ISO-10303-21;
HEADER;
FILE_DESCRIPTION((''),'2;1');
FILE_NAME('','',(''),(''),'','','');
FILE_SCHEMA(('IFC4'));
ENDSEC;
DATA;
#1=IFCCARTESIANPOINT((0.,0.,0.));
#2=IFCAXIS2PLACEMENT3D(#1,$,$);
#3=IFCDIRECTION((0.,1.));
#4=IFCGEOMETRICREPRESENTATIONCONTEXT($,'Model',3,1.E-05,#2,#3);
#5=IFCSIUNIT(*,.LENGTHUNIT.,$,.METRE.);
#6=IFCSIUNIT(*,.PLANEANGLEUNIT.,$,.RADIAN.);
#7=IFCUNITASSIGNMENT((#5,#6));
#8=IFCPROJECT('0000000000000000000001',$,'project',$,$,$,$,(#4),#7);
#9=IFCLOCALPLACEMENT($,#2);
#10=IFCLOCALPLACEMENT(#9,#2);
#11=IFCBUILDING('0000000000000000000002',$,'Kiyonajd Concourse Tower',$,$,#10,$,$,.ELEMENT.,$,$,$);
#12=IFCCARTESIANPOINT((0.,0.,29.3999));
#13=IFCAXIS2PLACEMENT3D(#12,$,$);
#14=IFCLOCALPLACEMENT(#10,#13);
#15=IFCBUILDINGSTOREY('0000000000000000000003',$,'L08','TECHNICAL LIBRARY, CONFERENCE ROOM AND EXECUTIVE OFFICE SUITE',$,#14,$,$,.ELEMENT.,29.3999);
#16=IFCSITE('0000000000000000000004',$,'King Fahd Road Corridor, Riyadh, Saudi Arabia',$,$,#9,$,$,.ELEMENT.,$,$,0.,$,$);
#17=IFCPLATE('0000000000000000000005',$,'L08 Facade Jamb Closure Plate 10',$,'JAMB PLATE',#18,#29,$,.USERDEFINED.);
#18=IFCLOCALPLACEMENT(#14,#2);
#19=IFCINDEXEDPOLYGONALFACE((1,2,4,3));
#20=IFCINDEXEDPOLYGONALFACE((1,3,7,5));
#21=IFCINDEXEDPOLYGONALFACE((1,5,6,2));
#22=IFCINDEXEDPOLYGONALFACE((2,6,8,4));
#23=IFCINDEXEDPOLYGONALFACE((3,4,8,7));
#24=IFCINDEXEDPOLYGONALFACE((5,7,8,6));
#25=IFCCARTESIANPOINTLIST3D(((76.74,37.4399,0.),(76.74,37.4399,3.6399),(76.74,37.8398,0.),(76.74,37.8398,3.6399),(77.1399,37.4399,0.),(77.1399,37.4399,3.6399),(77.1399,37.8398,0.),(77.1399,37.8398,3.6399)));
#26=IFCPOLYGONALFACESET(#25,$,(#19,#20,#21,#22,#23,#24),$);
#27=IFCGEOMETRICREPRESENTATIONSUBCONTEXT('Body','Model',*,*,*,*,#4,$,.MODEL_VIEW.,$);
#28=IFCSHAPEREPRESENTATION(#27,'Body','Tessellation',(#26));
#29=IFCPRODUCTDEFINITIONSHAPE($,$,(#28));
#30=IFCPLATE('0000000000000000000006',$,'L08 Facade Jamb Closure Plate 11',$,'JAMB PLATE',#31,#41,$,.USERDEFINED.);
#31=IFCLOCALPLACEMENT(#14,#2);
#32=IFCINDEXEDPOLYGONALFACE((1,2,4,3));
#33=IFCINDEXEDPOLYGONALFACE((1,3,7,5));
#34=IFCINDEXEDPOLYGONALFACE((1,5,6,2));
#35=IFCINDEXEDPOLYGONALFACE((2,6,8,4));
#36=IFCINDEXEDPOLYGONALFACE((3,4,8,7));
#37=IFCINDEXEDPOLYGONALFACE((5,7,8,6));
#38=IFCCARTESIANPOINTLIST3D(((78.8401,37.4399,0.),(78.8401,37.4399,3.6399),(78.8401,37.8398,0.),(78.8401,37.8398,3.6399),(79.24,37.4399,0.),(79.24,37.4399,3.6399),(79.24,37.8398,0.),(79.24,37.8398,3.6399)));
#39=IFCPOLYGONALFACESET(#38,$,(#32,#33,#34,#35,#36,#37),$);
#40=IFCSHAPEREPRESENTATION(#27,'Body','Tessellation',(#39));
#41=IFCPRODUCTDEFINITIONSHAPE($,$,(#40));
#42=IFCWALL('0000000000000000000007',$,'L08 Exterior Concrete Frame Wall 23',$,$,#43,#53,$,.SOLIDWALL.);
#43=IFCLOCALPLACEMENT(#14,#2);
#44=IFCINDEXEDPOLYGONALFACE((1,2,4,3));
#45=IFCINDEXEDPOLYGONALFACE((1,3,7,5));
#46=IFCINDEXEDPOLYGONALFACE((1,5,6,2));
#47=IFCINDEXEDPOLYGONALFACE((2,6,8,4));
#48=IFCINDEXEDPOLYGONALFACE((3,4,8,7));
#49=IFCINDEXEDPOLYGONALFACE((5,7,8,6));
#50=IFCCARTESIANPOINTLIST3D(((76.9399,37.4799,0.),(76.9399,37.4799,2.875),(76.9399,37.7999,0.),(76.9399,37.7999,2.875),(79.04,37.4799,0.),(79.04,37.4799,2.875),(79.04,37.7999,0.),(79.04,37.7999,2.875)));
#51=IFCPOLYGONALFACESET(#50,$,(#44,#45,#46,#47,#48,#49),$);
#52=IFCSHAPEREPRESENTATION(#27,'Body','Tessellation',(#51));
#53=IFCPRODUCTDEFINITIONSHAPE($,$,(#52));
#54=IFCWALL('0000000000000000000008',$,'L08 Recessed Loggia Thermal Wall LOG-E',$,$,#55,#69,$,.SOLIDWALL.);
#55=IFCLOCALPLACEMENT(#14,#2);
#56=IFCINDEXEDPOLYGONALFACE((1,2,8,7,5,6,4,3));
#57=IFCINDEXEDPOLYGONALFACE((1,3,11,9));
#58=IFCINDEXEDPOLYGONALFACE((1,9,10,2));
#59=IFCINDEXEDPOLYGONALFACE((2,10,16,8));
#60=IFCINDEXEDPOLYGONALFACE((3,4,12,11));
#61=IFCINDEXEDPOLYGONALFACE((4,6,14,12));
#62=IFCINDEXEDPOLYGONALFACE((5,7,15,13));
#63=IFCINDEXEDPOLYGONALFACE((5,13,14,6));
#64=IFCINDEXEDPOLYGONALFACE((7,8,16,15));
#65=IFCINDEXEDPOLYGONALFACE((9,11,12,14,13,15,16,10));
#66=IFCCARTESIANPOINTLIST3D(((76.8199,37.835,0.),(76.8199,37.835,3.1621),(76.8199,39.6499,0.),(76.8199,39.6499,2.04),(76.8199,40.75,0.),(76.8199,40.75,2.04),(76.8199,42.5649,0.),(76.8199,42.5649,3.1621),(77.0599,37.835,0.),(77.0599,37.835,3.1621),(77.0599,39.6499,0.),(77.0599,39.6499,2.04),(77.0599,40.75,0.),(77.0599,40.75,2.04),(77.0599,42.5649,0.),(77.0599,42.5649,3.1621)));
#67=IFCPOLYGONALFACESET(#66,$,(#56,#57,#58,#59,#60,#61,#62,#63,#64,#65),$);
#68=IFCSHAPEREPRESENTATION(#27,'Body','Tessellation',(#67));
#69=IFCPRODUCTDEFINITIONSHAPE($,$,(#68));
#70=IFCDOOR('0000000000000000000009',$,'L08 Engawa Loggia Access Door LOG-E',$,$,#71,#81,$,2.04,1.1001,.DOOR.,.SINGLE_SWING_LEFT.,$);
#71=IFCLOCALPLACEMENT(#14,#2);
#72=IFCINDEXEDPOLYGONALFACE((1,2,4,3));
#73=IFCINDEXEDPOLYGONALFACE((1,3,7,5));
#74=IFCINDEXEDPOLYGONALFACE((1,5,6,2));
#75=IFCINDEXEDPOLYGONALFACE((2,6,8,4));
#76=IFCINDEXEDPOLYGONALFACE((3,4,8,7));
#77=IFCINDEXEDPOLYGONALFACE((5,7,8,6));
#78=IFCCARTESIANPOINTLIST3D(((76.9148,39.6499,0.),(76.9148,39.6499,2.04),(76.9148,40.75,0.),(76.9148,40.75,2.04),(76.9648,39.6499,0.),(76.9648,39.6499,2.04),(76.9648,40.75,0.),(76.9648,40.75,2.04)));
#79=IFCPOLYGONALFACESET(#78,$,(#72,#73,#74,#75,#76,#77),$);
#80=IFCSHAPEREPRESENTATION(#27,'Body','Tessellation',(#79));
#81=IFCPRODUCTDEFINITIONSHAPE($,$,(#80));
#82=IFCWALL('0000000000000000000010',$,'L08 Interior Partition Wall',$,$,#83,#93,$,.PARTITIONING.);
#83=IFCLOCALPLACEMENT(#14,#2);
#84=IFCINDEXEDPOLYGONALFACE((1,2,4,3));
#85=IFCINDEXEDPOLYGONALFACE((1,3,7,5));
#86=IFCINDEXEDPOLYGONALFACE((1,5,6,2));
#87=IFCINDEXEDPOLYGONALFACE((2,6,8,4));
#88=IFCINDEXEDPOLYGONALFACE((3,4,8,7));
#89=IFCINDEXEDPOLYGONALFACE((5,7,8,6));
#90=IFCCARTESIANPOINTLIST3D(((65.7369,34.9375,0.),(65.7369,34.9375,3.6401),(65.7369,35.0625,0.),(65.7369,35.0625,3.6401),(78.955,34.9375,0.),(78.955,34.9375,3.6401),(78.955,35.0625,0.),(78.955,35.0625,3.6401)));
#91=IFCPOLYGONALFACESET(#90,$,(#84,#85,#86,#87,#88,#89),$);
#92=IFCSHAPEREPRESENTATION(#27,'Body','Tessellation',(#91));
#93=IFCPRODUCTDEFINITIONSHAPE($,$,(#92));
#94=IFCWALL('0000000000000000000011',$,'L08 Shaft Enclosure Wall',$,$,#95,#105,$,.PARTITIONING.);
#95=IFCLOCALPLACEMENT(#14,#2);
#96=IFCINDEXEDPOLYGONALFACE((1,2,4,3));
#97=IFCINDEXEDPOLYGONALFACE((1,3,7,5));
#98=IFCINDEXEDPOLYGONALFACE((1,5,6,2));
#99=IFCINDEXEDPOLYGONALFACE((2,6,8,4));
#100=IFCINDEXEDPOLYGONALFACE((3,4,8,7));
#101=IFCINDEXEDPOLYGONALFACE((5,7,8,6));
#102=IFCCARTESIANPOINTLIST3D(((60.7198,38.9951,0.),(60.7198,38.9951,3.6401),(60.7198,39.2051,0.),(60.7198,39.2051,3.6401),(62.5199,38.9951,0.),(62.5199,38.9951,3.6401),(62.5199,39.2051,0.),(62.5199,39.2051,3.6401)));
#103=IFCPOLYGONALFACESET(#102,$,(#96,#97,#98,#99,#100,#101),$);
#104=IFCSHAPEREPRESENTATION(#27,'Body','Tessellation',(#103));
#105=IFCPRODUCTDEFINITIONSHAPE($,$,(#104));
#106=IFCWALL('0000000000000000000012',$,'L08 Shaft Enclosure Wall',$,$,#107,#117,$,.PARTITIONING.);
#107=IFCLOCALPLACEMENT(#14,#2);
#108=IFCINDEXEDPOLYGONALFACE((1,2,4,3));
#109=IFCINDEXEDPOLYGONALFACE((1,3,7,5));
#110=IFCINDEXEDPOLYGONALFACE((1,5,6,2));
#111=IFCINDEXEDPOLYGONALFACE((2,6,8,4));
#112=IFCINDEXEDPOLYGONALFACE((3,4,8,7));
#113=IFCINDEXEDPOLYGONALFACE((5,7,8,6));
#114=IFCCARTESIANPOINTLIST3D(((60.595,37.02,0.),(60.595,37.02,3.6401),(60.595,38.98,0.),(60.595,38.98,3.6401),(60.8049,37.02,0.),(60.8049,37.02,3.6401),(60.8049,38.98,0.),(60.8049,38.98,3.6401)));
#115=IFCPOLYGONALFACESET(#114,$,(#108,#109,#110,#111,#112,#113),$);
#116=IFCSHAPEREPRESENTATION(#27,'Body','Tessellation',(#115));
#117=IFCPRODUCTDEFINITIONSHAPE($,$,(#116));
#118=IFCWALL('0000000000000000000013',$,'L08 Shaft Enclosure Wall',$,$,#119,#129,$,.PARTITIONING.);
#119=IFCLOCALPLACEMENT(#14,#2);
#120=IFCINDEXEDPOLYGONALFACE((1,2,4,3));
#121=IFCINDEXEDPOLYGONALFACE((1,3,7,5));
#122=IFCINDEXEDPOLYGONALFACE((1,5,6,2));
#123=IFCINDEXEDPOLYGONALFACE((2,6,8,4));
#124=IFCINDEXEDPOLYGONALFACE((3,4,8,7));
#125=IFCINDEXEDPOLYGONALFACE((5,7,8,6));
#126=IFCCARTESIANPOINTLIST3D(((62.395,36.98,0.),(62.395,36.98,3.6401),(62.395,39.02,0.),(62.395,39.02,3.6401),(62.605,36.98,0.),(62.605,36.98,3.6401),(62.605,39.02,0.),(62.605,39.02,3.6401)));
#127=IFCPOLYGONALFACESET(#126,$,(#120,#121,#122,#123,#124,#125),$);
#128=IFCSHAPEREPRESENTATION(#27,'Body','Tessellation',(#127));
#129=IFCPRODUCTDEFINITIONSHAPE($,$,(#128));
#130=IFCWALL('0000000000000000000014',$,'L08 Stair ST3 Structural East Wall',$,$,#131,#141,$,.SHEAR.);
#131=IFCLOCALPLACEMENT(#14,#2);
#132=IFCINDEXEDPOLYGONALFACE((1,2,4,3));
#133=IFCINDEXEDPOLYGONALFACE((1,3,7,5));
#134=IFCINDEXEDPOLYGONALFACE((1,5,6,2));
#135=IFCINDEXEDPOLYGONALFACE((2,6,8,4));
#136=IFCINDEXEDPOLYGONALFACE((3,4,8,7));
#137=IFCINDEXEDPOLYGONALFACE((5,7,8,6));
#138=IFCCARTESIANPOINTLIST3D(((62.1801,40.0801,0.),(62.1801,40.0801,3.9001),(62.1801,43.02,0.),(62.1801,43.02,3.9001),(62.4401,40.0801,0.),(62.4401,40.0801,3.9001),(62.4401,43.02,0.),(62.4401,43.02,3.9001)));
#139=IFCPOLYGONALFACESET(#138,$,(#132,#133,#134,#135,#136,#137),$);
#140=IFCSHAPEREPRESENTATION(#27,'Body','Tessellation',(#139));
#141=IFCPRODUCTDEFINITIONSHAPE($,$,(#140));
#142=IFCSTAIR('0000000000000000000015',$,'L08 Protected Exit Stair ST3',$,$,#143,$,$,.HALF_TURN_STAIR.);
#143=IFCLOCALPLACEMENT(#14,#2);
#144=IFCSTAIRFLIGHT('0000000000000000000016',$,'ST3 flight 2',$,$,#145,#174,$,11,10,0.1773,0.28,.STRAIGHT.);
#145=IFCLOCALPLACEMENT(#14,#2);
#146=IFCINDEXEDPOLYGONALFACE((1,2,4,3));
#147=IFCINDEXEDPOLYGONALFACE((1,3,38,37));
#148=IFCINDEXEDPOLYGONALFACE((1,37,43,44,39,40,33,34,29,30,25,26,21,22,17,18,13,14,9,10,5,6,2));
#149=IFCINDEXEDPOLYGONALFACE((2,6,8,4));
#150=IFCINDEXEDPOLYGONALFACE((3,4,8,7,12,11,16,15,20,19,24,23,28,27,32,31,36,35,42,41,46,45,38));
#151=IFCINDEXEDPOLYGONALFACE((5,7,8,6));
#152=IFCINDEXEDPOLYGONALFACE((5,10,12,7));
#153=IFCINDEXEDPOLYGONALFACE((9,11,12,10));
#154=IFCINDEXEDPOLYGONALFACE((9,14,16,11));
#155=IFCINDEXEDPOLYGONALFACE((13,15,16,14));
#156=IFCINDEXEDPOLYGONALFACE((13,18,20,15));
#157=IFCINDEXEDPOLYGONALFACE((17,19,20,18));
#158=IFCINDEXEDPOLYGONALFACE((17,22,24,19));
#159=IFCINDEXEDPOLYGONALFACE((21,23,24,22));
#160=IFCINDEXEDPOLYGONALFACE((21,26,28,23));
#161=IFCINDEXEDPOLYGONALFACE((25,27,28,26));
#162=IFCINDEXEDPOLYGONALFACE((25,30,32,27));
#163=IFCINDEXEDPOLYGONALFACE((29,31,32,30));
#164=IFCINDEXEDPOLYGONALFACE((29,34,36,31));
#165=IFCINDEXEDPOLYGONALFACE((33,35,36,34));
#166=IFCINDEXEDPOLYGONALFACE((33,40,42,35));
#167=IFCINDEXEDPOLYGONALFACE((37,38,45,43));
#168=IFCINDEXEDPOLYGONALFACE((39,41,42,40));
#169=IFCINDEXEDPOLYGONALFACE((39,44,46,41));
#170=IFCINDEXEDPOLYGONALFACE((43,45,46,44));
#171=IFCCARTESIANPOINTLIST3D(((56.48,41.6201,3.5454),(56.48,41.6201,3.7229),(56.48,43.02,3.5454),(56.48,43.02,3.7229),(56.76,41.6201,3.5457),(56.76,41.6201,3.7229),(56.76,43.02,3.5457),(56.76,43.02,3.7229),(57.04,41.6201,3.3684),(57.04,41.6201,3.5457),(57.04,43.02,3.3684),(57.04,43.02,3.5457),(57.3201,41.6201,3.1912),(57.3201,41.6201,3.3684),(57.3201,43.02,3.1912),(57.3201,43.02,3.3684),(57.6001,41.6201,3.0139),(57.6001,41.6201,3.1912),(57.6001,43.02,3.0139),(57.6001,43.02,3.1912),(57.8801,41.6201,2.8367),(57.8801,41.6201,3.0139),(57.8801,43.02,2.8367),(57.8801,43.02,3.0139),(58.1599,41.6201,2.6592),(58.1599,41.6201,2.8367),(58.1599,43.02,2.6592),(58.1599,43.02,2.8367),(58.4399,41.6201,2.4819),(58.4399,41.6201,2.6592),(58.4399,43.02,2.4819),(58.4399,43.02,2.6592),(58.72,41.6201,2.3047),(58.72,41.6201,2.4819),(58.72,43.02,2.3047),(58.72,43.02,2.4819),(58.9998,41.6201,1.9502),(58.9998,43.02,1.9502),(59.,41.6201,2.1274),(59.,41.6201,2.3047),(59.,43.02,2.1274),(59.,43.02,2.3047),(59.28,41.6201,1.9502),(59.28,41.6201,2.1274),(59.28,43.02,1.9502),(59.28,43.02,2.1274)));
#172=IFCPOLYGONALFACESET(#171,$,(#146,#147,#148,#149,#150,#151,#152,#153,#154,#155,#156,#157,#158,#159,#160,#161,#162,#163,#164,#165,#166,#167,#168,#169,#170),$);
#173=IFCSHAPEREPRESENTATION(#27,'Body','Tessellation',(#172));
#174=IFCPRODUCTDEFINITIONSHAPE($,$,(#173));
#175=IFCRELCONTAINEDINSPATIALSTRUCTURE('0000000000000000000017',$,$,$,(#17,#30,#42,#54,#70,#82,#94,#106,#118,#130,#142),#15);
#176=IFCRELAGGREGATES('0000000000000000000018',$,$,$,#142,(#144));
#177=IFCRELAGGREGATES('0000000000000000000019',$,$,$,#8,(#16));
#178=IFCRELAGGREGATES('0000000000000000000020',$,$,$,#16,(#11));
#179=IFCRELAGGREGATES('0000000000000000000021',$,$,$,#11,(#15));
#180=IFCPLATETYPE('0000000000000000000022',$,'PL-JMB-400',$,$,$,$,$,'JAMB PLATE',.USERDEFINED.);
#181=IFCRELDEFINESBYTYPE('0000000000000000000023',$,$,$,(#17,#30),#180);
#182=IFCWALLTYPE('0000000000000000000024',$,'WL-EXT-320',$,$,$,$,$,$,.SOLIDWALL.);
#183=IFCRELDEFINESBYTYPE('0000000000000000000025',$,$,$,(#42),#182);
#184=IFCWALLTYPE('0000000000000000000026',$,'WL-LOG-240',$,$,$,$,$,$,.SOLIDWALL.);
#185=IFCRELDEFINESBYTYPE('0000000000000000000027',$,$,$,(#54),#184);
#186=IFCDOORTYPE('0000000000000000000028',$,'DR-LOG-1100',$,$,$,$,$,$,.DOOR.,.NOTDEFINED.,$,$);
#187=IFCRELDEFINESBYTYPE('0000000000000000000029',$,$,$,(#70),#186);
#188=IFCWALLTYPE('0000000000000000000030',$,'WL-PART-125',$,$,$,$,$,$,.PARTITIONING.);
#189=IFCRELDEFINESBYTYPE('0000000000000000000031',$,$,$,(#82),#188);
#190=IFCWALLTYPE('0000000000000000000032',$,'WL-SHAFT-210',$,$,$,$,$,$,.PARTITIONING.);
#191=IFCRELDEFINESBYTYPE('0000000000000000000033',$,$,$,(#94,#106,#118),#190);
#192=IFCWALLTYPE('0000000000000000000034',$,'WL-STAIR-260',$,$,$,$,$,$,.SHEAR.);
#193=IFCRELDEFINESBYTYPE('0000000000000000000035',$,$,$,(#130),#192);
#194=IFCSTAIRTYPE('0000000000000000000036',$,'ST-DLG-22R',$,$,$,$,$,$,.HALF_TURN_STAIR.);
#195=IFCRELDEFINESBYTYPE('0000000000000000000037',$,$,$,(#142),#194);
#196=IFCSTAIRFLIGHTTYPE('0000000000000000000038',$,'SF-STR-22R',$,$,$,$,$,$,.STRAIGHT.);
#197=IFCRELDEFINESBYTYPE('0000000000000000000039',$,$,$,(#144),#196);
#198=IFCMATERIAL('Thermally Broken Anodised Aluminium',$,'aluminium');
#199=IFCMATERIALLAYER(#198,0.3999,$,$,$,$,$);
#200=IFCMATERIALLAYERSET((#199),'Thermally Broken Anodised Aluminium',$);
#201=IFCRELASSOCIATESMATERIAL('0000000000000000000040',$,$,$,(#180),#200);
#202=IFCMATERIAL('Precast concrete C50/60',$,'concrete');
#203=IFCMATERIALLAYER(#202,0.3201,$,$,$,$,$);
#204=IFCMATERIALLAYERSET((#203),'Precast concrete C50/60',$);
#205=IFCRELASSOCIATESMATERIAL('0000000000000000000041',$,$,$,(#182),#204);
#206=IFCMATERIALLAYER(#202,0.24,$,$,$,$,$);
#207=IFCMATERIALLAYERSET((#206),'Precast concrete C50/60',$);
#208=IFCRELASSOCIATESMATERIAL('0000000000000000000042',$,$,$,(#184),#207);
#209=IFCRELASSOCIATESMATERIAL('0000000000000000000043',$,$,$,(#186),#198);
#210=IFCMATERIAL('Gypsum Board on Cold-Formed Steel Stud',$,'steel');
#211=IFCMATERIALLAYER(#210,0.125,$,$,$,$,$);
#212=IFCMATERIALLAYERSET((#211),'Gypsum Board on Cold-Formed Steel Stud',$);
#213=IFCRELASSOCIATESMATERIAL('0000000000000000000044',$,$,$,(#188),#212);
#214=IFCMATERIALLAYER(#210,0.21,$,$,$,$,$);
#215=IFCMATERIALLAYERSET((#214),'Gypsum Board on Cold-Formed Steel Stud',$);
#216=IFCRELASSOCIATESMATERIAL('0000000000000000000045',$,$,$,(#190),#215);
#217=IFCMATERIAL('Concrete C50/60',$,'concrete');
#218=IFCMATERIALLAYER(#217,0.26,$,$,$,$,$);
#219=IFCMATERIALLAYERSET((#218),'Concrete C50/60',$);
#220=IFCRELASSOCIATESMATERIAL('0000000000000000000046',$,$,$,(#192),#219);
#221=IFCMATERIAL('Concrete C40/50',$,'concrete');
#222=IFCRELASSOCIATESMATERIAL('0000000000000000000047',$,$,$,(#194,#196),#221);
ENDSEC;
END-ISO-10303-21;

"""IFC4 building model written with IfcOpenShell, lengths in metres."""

from ifc_helpers import new_model, si_unit, direction, frame, frame_2d, origin, origin_2d, place, context, subcontext, project, spatial, polyline, rectangle, outline, extrude, material, layer, layer_set, type_object, element, fill, aggregate, save


model = new_model("IFC4")

# Units and contexts
model_context = context("Model", 3, precision=1e-05, world=origin(), true_north=direction((0.0, 1.0)))
body_context = subcontext(model_context, "Body", "Model", "MODEL_VIEW")
ifc_project = project(units=[si_unit("LENGTHUNIT", "METRE"), si_unit("PLANEANGLEUNIT", "RADIAN")], contexts=[model_context])

# Site, building, storey
site_placement = place(None, origin())
site = spatial("IfcSite", under=ifc_project, at=site_placement, Name="King Fahd Road Corridor, Riyadh, Saudi Arabia", CompositionType="ELEMENT", RefElevation=0.0)
building_placement = place(site_placement, origin())
building = spatial("IfcBuilding", under=site, at=building_placement, Name="Kiyonajd Concourse Tower", CompositionType="ELEMENT")
storey_placement = place(building_placement, frame((0.0, 0.0, 29.3999)))
storey = spatial("IfcBuildingStorey", under=building, at=storey_placement, Name="L08", Description="TECHNICAL LIBRARY, CONFERENCE ROOM AND EXECUTIVE OFFICE SUITE", CompositionType="ELEMENT", Elevation=29.3999)

# Shared definitions
ifc_material_1 = material(Name="Precast concrete C50/60", Category="concrete")

# Shared definitions
ifc_material_2 = material(Name="Thermally Broken Anodised Aluminium", Category="aluminium")

# Plates
ifc_layer_1 = layer(ifc_material_2, 0.3999)
ifc_layer_set_1 = layer_set([ifc_layer_1], Name="Thermally Broken Anodised Aluminium")
plate_type_1 = type_object("IfcPlateType", Name="PL-JMB-400", ElementType="JAMB PLATE", PredefinedType="USERDEFINED", material=ifc_layer_set_1)
for number, where, z_axis, x_axis, name in (
    (1, (76.9399, 37.6399, 0.0), (0.0, 0.0, 1.0), (1.0, 0.0, 0.0), "L08 Facade Jamb Closure Plate 10"),
    (2, (79.04, 37.6399, 0.0), (0.0, 0.0, 1.0), (1.0, 0.0, 0.0), "L08 Facade Jamb Closure Plate 11"),
):
    element("IfcPlate", number, at=place(storey_placement, frame(where, z_axis=z_axis, x_axis=x_axis)), inside=storey, type_object=plate_type_1, Name=name, ObjectType="JAMB PLATE", PredefinedType="USERDEFINED", context=body_context, shape_type="SweptSolid", body=[
        extrude(rectangle(XDim=0.3999, YDim=0.3999, at=origin_2d()), origin(), (0.0, 0.0, 1.0), 3.6399),
    ])

# Wall
ifc_layer_2 = layer(ifc_material_1, 0.3201)
ifc_layer_set_2 = layer_set([ifc_layer_2], Name="Precast concrete C50/60")
wall_type_1 = type_object("IfcWallType", Name="WL-EXT-320", PredefinedType="SOLIDWALL", material=ifc_layer_set_2)
wall_1_placement = place(storey_placement, frame((76.9399, 37.6399, 0.0), z_axis=(0.0, 0.0, 1.0), x_axis=(1.0, 0.0, 0.0)))
element("IfcWall", 3, at=wall_1_placement, inside=storey, type_object=wall_type_1, Name="L08 Exterior Concrete Frame Wall 23", PredefinedType="SOLIDWALL", context=body_context, shape_type="SweptSolid", body=[
    extrude(rectangle(XDim=2.1001, YDim=0.3201, at=frame_2d((1.05, 0.0))), origin(), (0.0, 0.0, 1.0), 2.875),
])

# Wall, opening, door
ifc_layer_3 = layer(ifc_material_1, 0.24)
ifc_layer_set_3 = layer_set([ifc_layer_3], Name="Precast concrete C50/60")
wall_type_2 = type_object("IfcWallType", Name="WL-LOG-240", PredefinedType="SOLIDWALL", material=ifc_layer_set_3)
wall_2_placement = place(storey_placement, frame((76.9399, 42.5649, 0.0), z_axis=(0.0, 0.0, 1.0), x_axis=(0.0, -1.0, 0.0)))
wall_2 = element("IfcWall", 4, at=wall_2_placement, inside=storey, type_object=wall_type_2, Name="L08 Recessed Loggia Thermal Wall LOG-E", PredefinedType="SOLIDWALL", context=body_context, shape_type="SweptSolid", body=[
    extrude(rectangle(XDim=4.73, YDim=0.24, at=frame_2d((2.365, 0.0))), origin(), (0.0, 0.0, 1.0), 3.1621),
])
opening_placement = place(wall_2_placement, frame((1.8149, 0.0, 0.0)))
opening = element("IfcOpeningElement", 5, at=opening_placement, cuts=wall_2, PredefinedType="OPENING", context=body_context, shape_type="SweptSolid", body=[
    extrude(rectangle(XDim=1.1001, YDim=2.04, at=frame_2d((0.55, 1.02))), frame((0.0, 0.1299, 0.0), z_axis=(0.0, -1.0, 0.0), x_axis=(1.0, 0.0, 0.0)), (0.0, 0.0, 1.0), 0.26),
])
door_type = type_object("IfcDoorType", Name="DR-LOG-1100", OperationType="NOTDEFINED", PredefinedType="DOOR", material=ifc_material_2)
door_placement = place(opening_placement, origin())
door = element("IfcDoor", 6, at=door_placement, inside=storey, type_object=door_type, Name="L08 Engawa Loggia Access Door LOG-E", OperationType="SINGLE_SWING_LEFT", OverallHeight=2.04, OverallWidth=1.1001, PredefinedType="DOOR", context=body_context, shape_type="SweptSolid", body=[
    extrude(rectangle(XDim=1.1001, YDim=2.04, at=frame_2d((0.55, 1.02))), frame((0.0, 0.0249, 0.0), z_axis=(0.0, -1.0, 0.0), x_axis=(1.0, 0.0, 0.0)), (0.0, 0.0, 1.0), 0.05),
])
fill(opening, door)

# Walls
ifc_material_3 = material(Name="Gypsum Board on Cold-Formed Steel Stud", Category="steel")
ifc_layer_4 = layer(ifc_material_3, 0.125)
ifc_layer_set_4 = layer_set([ifc_layer_4], Name="Gypsum Board on Cold-Formed Steel Stud")
wall_type_3 = type_object("IfcWallType", Name="WL-PART-125", PredefinedType="PARTITIONING", material=ifc_layer_set_4)
wall_3_placement = place(storey_placement, frame((65.7371, 35.0, 0.0), z_axis=(0.0, 0.0, 1.0), x_axis=(1.0, 0.0, 0.0)))
element("IfcWall", 7, at=wall_3_placement, inside=storey, type_object=wall_type_3, Name="L08 Interior Partition Wall", PredefinedType="PARTITIONING", context=body_context, shape_type="SweptSolid", body=[
    extrude(rectangle(XDim=13.218, YDim=0.125, at=frame_2d((6.6089, 0.0))), origin(), (0.0, 0.0, 1.0), 3.6401),
])
ifc_layer_5 = layer(ifc_material_3, 0.21)
ifc_layer_set_5 = layer_set([ifc_layer_5], Name="Gypsum Board on Cold-Formed Steel Stud")
wall_type_4 = type_object("IfcWallType", Name="WL-SHAFT-210", PredefinedType="PARTITIONING", material=ifc_layer_set_5)
wall_4_placement = place(storey_placement, frame((60.72, 39.1001, 0.0), z_axis=(0.0, 0.0, 1.0), x_axis=(1.0, 0.0, 0.0)))
element("IfcWall", 8, at=wall_4_placement, inside=storey, type_object=wall_type_4, Name="L08 Shaft Enclosure Wall", PredefinedType="PARTITIONING", context=body_context, shape_type="SweptSolid", body=[
    extrude(rectangle(XDim=1.8, YDim=0.21, at=frame_2d((0.8999, 0.0))), origin(), (0.0, 0.0, 1.0), 3.6401),
])
wall_5_placement = place(storey_placement, frame((60.7, 37.02, 0.0), z_axis=(0.0, 0.0, 1.0), x_axis=(0.0, 1.0, 0.0)))
element("IfcWall", 9, at=wall_5_placement, inside=storey, type_object=wall_type_4, Name="L08 Shaft Enclosure Wall", PredefinedType="PARTITIONING", context=body_context, shape_type="SweptSolid", body=[
    extrude(rectangle(XDim=1.96, YDim=0.21, at=frame_2d((0.98, 0.0))), origin(), (0.0, 0.0, 1.0), 3.6401),
])
wall_6_placement = place(storey_placement, frame((62.5, 36.98, 0.0), z_axis=(0.0, 0.0, 1.0), x_axis=(0.0, 1.0, 0.0)))
element("IfcWall", 10, at=wall_6_placement, inside=storey, type_object=wall_type_4, Name="L08 Shaft Enclosure Wall", PredefinedType="PARTITIONING", context=body_context, shape_type="SweptSolid", body=[
    extrude(rectangle(XDim=2.04, YDim=0.21, at=frame_2d((1.02, 0.0))), origin(), (0.0, 0.0, 1.0), 3.6401),
])
ifc_material_4 = material(Name="Concrete C50/60", Category="concrete")
ifc_layer_6 = layer(ifc_material_4, 0.26)
ifc_layer_set_6 = layer_set([ifc_layer_6], Name="Concrete C50/60")
wall_type_5 = type_object("IfcWallType", Name="WL-STAIR-260", PredefinedType="SHEAR", material=ifc_layer_set_6)
wall_7_placement = place(storey_placement, frame((62.3101, 40.0801, 0.0), z_axis=(0.0, 0.0, 1.0), x_axis=(0.0, 1.0, 0.0)))
element("IfcWall", 11, at=wall_7_placement, inside=storey, type_object=wall_type_5, Name="L08 Stair ST3 Structural East Wall", PredefinedType="SHEAR", context=body_context, shape_type="SweptSolid", body=[
    extrude(rectangle(XDim=2.9399, YDim=0.26, at=frame_2d((1.47, 0.0))), origin(), (0.0, 0.0, 1.0), 3.9001),
])

# Stair, stair flight
ifc_material_5 = material(Name="Concrete C40/50", Category="concrete")
stair_type = type_object("IfcStairType", Name="ST-DLG-22R", PredefinedType="HALF_TURN_STAIR", material=ifc_material_5)
stair_placement = place(storey_placement, origin())
stair = element("IfcStair", 12, at=stair_placement, inside=storey, type_object=stair_type, Name="L08 Protected Exit Stair ST3", PredefinedType="HALF_TURN_STAIR")
stair_flight_type = type_object("IfcStairFlightType", Name="SF-STR-22R", PredefinedType="STRAIGHT", material=ifc_material_5)
stair_flight_placement = place(storey_placement, frame((59.28, 42.3201, 1.9502), z_axis=(0.0, 0.0, 1.0), x_axis=(-1.0, 0.0, 0.0)))
stair_flight = element("IfcStairFlight", 13, at=stair_flight_placement, type_object=stair_flight_type, Name="ST3 flight 2", NumberOfRisers=11, NumberOfTreads=10, PredefinedType="STRAIGHT", RiserHeight=0.1773, TreadLength=0.28, context=body_context, shape_type="SweptSolid", body=[
    extrude(outline(polyline([(0.0, 0.0), (0.0, 0.1772), (0.28, 0.1772), (0.28, 0.3545), (0.5601, 0.3545), (0.5601, 0.5317), (0.8401, 0.5317), (0.8401, 0.709), (1.1201, 0.709), (1.1201, 0.8865), (1.3999, 0.8865), (1.3999, 1.0637), (1.6799, 1.0637), (1.6799, 1.241), (1.96, 1.241), (1.96, 1.4182), (2.24, 1.4182), (2.24, 1.5955), (2.52, 1.5955), (2.52, 1.7727), (2.8, 1.7727), (2.8, 1.95), (2.8, 1.5952), (0.2803, 0.0), (0.0, 0.0)])), frame((0.0, 0.7, 0.0), z_axis=(0.0, -1.0, 0.0), x_axis=(1.0, 0.0, 0.0)), (0.0, 0.0, 1.0), 1.3999),
])
aggregate(stair, [stair_flight])

save(model, "model.ifc")
